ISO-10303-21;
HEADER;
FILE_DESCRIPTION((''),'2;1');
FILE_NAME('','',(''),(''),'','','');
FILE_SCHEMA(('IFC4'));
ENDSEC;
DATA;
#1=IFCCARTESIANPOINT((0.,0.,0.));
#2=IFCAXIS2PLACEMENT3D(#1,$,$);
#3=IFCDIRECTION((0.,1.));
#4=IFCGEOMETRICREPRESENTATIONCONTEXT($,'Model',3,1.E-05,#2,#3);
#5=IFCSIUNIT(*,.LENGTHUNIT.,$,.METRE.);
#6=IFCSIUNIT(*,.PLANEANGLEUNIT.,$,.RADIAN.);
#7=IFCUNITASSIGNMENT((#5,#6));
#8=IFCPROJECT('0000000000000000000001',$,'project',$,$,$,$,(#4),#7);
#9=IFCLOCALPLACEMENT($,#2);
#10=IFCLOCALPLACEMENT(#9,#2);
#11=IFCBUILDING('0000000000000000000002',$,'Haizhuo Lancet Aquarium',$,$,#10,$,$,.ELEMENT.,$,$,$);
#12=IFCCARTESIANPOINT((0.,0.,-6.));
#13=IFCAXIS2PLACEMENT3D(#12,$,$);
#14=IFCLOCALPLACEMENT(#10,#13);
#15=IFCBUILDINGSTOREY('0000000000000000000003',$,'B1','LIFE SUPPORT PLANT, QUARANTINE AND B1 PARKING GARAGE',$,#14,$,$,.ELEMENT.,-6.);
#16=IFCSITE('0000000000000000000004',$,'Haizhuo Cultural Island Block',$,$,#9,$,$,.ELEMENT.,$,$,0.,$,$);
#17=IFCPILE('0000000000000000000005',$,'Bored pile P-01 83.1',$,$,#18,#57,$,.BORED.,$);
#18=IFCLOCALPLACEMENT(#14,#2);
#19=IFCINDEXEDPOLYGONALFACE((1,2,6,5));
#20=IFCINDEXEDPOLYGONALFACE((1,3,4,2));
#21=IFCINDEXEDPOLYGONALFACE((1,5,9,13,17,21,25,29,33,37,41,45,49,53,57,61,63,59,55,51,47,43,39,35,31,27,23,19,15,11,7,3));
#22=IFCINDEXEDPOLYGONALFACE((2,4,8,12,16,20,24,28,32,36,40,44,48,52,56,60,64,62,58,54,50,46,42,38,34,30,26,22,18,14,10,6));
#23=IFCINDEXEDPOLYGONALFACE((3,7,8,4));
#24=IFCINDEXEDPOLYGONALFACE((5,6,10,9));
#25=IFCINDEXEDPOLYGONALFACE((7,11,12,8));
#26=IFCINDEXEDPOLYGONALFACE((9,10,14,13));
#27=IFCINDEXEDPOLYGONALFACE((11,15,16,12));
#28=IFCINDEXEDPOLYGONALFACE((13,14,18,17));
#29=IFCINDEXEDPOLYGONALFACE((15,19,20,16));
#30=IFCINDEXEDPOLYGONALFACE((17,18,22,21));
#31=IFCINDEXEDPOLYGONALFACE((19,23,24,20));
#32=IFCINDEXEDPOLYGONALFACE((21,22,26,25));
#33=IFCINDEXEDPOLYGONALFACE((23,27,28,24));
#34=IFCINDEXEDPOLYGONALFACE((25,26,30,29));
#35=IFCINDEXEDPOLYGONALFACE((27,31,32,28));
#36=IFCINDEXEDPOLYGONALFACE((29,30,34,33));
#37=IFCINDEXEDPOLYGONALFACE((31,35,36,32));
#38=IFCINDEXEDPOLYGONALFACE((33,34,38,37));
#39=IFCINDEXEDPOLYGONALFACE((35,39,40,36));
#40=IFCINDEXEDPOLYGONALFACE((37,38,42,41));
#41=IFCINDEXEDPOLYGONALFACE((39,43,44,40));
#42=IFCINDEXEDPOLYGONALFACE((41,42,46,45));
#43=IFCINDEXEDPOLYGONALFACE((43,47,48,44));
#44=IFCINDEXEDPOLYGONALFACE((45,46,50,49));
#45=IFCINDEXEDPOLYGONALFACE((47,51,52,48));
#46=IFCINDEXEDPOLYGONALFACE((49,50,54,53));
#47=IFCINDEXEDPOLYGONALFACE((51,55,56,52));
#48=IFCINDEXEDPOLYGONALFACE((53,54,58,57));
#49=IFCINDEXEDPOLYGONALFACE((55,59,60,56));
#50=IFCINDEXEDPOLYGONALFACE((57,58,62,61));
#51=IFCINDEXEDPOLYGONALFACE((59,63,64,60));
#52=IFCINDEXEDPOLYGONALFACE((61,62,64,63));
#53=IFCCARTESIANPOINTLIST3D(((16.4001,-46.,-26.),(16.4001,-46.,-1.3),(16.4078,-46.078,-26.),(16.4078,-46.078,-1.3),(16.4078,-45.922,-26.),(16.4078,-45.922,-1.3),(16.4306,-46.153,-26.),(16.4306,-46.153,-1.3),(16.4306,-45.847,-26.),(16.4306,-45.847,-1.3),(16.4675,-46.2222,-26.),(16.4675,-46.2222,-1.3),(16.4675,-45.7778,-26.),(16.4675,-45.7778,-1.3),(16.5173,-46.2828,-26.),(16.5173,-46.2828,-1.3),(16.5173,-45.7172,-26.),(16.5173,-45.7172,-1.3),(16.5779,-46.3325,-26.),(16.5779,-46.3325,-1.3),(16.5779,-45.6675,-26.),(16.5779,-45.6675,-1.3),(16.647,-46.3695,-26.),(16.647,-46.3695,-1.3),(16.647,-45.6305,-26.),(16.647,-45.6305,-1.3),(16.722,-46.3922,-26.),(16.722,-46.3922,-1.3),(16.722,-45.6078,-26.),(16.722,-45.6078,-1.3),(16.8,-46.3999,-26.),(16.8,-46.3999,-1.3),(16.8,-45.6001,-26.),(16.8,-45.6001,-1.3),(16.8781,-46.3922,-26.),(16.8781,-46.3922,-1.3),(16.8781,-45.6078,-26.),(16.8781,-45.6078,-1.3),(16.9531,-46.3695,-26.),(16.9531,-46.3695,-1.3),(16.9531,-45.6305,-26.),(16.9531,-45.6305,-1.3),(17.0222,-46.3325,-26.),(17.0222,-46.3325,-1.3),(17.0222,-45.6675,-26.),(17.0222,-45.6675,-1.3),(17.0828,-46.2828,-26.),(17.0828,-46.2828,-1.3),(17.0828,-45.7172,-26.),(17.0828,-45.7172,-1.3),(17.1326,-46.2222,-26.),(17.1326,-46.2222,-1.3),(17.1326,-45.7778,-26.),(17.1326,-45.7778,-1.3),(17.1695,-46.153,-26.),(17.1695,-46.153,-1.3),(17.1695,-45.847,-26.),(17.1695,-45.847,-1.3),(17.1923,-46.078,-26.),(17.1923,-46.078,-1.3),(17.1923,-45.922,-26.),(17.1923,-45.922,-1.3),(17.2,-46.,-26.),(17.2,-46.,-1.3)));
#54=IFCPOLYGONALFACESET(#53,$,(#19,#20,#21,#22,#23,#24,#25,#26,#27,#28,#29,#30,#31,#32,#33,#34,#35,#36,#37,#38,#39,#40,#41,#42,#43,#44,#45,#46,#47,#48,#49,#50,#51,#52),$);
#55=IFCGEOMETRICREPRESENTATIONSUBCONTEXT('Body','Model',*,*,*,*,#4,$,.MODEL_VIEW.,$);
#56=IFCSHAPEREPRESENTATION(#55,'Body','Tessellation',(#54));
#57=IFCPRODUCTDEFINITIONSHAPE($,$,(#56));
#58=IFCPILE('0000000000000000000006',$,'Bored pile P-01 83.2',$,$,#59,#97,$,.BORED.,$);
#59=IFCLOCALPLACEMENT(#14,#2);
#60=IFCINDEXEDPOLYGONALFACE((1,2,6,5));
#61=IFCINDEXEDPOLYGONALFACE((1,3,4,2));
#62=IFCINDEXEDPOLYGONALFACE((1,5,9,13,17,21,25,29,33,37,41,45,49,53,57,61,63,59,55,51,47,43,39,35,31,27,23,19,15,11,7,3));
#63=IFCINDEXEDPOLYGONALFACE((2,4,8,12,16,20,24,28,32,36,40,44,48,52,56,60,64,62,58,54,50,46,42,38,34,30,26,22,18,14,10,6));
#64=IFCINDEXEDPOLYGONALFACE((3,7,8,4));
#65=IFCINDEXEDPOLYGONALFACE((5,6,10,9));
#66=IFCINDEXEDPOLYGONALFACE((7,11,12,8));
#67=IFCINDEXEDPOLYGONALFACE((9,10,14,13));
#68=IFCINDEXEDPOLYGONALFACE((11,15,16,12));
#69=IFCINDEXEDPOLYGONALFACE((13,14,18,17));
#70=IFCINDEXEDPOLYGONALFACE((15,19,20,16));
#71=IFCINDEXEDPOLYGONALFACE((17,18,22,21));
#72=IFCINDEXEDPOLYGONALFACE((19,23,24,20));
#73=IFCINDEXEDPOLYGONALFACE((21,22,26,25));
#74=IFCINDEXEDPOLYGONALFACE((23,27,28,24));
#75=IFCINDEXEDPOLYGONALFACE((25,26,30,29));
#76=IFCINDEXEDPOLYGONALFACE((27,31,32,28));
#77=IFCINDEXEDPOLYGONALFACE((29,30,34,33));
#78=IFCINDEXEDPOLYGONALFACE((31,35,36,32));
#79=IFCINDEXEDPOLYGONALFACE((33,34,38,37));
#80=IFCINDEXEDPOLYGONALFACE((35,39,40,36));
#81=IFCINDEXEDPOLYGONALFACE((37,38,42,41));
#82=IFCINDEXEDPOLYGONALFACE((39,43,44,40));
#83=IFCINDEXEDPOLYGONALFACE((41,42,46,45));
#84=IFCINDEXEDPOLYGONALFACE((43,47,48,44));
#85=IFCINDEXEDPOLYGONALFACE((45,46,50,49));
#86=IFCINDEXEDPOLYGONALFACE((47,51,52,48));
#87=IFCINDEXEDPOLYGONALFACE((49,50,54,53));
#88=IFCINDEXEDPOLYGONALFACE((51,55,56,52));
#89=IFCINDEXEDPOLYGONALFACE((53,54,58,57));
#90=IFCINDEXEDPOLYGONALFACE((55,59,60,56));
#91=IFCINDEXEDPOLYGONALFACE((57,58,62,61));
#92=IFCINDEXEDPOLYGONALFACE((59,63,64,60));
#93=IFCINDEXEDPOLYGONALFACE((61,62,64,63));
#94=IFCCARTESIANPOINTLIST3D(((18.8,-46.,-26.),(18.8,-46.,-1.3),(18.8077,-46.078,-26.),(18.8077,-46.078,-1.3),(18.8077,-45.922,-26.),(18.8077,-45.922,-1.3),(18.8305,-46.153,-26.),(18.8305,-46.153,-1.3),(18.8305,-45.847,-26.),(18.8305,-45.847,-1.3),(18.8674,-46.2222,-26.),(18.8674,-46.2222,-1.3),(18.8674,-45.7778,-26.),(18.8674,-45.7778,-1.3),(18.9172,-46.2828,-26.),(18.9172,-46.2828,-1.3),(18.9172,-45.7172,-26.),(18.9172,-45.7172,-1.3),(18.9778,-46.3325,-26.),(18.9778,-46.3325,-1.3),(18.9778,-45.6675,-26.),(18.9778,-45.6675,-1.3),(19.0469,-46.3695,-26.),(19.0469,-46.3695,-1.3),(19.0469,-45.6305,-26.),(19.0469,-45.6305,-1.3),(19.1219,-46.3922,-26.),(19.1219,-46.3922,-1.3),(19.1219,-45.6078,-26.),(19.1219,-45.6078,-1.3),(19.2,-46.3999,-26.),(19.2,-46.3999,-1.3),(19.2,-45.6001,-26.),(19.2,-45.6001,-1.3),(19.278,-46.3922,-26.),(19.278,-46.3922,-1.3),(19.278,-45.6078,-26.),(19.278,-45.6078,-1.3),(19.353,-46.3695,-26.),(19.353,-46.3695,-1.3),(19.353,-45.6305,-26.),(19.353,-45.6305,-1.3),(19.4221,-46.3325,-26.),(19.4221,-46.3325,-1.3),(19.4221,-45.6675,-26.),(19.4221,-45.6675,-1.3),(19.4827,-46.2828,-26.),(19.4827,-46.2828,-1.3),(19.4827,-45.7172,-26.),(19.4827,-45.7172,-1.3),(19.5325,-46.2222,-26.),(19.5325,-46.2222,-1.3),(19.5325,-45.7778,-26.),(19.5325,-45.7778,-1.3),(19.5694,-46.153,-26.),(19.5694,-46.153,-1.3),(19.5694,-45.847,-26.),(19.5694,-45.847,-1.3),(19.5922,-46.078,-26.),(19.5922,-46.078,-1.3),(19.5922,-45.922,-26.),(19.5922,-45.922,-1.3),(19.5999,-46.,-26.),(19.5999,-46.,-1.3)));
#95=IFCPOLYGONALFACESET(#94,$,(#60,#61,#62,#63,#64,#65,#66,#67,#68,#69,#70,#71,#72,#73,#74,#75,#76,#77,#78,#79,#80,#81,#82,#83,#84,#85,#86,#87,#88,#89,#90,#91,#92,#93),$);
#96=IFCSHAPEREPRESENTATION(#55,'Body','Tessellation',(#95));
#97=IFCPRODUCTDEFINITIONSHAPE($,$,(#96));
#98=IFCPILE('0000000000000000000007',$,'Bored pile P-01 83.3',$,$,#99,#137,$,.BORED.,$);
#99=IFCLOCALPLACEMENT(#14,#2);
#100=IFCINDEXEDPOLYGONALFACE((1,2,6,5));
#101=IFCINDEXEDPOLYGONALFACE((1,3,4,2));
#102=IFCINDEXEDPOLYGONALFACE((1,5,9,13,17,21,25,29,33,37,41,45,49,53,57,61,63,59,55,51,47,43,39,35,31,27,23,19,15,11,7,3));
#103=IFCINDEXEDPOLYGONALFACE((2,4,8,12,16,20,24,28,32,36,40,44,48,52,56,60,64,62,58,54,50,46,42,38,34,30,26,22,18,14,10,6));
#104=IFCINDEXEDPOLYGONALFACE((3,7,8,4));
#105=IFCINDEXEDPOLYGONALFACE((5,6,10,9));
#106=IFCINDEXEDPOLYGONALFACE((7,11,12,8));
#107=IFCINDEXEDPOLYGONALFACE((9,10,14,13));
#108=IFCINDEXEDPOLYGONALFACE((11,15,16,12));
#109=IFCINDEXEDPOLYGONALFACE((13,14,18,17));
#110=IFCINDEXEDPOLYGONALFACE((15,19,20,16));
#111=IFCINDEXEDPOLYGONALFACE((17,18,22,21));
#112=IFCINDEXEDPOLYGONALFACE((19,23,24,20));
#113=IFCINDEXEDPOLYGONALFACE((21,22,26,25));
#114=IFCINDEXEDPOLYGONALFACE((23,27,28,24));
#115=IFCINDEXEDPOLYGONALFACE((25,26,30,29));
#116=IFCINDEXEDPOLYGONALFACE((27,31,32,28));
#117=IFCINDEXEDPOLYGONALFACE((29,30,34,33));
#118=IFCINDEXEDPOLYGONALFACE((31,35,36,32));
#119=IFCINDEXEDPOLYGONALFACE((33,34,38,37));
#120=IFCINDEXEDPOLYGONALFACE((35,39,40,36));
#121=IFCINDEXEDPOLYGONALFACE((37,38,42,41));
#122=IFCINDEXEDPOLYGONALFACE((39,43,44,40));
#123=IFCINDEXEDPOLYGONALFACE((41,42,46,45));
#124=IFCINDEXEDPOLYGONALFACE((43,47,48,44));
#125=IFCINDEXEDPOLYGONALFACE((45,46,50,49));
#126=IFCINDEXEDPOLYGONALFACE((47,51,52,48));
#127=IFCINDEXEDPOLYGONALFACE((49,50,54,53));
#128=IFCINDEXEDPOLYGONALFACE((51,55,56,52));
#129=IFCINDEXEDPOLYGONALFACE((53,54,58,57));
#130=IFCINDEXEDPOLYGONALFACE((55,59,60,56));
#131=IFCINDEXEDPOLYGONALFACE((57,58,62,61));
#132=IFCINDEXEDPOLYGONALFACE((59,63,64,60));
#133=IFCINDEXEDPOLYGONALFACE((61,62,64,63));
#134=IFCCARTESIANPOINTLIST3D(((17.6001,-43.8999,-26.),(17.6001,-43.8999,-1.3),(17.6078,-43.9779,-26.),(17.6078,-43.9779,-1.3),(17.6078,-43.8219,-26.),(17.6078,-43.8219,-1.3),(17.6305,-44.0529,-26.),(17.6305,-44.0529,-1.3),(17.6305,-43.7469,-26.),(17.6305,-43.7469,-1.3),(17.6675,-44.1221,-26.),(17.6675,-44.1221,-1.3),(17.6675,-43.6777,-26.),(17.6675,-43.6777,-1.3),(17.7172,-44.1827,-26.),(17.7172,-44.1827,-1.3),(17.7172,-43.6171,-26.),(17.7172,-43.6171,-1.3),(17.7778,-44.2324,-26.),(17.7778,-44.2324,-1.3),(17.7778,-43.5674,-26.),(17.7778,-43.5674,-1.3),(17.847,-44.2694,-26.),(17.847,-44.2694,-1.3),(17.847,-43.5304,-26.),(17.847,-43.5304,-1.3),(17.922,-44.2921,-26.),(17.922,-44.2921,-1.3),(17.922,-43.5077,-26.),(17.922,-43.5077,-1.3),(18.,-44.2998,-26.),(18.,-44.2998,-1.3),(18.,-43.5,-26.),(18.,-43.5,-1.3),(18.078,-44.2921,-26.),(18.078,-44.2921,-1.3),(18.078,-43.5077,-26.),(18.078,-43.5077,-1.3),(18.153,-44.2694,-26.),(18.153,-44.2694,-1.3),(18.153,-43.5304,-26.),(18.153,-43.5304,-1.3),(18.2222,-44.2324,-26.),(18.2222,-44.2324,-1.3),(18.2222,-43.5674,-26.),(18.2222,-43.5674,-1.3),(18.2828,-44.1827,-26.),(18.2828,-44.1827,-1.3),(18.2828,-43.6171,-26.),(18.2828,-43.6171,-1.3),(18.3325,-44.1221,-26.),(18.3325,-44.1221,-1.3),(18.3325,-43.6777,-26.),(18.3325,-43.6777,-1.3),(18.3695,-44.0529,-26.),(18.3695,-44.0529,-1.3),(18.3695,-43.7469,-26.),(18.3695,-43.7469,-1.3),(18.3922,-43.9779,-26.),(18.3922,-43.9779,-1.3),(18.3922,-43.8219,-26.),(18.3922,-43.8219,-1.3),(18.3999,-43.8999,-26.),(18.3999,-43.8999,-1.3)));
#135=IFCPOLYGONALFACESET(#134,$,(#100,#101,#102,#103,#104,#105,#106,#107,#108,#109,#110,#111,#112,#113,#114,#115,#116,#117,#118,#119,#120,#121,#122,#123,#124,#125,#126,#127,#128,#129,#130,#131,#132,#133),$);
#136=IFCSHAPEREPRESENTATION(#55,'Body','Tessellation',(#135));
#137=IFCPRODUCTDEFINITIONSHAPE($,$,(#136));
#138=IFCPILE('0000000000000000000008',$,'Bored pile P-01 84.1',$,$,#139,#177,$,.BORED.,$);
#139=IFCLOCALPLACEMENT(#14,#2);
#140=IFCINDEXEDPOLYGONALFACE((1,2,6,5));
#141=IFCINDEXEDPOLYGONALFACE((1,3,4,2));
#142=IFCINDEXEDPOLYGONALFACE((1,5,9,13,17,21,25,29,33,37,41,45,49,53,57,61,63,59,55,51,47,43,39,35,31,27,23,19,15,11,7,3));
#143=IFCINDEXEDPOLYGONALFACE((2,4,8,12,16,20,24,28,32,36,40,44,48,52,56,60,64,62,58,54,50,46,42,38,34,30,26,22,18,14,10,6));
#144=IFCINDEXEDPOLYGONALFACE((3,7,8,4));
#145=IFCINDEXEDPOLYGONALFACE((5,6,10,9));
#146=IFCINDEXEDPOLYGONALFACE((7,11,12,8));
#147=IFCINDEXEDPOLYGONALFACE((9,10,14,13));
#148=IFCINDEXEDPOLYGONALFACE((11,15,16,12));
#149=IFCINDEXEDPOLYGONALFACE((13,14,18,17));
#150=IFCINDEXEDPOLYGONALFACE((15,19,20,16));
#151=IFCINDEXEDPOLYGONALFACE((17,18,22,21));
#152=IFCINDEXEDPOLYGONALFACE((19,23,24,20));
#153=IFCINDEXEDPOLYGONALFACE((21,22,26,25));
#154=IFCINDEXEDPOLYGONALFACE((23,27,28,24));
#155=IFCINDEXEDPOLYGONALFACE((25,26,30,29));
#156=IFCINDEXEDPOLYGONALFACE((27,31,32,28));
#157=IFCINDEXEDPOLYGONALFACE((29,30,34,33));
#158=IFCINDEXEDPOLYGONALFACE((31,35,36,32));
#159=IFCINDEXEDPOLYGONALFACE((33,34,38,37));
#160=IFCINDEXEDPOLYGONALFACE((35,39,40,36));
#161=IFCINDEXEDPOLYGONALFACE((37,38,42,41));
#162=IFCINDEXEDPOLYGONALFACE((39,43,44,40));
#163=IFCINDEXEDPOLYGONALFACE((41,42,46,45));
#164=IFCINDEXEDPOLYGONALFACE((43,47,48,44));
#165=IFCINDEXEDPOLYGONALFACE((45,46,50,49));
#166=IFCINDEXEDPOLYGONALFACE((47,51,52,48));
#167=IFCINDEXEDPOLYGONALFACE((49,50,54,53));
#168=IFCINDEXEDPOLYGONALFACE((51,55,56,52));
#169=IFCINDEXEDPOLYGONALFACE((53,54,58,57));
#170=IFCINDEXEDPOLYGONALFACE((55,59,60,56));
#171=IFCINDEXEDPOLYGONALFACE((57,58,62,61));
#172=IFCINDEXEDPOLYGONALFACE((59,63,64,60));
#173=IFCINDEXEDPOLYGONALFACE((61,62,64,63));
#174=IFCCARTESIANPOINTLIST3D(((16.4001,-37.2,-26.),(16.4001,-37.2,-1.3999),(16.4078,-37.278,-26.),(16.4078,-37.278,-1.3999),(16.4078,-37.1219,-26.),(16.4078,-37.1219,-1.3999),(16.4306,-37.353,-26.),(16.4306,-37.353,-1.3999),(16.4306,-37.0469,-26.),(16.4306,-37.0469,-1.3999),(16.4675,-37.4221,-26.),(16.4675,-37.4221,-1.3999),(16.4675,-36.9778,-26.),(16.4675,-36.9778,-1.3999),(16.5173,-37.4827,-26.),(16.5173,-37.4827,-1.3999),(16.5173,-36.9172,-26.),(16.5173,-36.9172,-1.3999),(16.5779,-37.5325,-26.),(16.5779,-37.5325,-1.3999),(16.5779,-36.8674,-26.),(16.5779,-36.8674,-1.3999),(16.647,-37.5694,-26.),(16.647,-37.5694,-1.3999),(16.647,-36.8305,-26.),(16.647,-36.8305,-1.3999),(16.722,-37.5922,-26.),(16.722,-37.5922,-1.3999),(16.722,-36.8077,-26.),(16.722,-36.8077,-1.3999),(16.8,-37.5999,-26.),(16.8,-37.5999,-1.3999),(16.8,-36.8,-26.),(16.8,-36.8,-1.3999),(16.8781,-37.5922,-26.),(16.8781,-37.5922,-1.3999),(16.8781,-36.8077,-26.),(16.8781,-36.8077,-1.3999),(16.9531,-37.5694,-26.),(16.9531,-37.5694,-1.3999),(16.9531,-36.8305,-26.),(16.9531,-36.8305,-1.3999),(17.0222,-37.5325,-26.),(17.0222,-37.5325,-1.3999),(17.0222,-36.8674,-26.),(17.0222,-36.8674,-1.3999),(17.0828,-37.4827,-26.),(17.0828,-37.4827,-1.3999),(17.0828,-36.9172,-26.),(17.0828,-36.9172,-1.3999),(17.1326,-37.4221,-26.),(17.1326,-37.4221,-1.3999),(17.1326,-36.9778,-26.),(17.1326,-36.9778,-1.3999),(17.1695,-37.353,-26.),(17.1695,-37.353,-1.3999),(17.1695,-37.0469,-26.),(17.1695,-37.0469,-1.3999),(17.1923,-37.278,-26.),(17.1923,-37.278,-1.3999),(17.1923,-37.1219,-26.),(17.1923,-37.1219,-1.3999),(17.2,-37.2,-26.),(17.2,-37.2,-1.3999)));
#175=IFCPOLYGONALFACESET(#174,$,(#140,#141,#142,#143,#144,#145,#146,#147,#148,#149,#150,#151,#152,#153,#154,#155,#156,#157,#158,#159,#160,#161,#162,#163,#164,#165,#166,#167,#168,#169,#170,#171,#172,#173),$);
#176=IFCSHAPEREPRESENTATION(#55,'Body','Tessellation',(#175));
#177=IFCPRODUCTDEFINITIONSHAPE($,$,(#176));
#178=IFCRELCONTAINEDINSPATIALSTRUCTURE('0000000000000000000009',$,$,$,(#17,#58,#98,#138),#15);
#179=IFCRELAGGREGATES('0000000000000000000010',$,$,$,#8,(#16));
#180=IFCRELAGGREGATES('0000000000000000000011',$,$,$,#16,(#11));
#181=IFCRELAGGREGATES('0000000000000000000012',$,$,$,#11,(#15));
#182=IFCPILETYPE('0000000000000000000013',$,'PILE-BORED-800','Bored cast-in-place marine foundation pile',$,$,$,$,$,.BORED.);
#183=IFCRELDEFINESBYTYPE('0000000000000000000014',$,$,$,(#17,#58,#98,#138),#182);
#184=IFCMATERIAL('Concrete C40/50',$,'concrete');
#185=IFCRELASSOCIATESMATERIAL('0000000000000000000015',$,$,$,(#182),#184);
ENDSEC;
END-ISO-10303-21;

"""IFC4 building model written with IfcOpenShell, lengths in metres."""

from ifc_helpers import new_model, si_unit, direction, frame, origin, origin_2d, place, context, subcontext, project, spatial, circle, extrude, material, material_profile, profile_set, type_object, element, save


model = new_model("IFC4")

# Units and contexts
model_context = context("Model", 3, precision=1e-05, world=origin(), true_north=direction((0.0, 1.0)))
body_context = subcontext(model_context, "Body", "Model", "MODEL_VIEW")
ifc_project = project(units=[si_unit("LENGTHUNIT", "METRE"), si_unit("PLANEANGLEUNIT", "RADIAN")], contexts=[model_context])

# Site, building, storey
site_placement = place(None, origin())
site = spatial("IfcSite", under=ifc_project, at=site_placement, Name="Haizhuo Cultural Island Block", CompositionType="ELEMENT", RefElevation=0.0)
building_placement = place(site_placement, origin())
building = spatial("IfcBuilding", under=site, at=building_placement, Name="Haizhuo Lancet Aquarium", CompositionType="ELEMENT")
storey_placement = place(building_placement, frame((0.0, 0.0, -6.0)))
storey = spatial("IfcBuildingStorey", under=building, at=storey_placement, Name="B1", Description="LIFE SUPPORT PLANT, QUARANTINE AND B1 PARKING GARAGE", CompositionType="ELEMENT", Elevation=-6.0)

# Shared definitions
ifc_material_1 = material(Name="Concrete C40/50", Category="concrete")

# Piles
ifc_material_profile_1 = material_profile(ifc_material_1, circle(Radius=0.3999, at=origin_2d()), Name="PILE-800")
ifc_profile_set_1 = profile_set([ifc_material_profile_1], Name="Concrete C40/50")
pile_type = type_object("IfcPileType", Name="PILE-BORED-800", Description="Bored cast-in-place marine foundation pile", PredefinedType="BORED", material=ifc_profile_set_1)
for number, where, z_axis, x_axis, name in (
    (1, (16.8, -46.0, -1.3), (0.0, 0.0, -1.0), (1.0, 0.0, 0.0), "Bored pile P-01 83.1"),
    (2, (19.2, -46.0, -1.3), (0.0, 0.0, -1.0), (1.0, 0.0, 0.0), "Bored pile P-01 83.2"),
    (3, (18.0, -43.8999, -1.3), (0.0, 0.0, -1.0), (1.0, 0.0, 0.0), "Bored pile P-01 83.3"),
):
    element("IfcPile", number, at=place(storey_placement, frame(where, z_axis=z_axis, x_axis=x_axis)), inside=storey, type_object=pile_type, Name=name, PredefinedType="BORED", context=body_context, shape_type="SweptSolid", body=[
        extrude(circle(Radius=0.3999, at=origin_2d()), origin(), (0.0, 0.0, 1.0), 24.7),
    ])
for number, where, z_axis, x_axis, name in (
    (4, (16.8, -37.2, -1.3999), (0.0, 0.0, -1.0), (1.0, 0.0, 0.0), "Bored pile P-01 84.1"),
):
    element("IfcPile", number, at=place(storey_placement, frame(where, z_axis=z_axis, x_axis=x_axis)), inside=storey, type_object=pile_type, Name=name, PredefinedType="BORED", context=body_context, shape_type="SweptSolid", body=[
        extrude(circle(Radius=0.3999, at=origin_2d()), origin(), (0.0, 0.0, 1.0), 24.6001),
    ])

save(model, "model.ifc")
